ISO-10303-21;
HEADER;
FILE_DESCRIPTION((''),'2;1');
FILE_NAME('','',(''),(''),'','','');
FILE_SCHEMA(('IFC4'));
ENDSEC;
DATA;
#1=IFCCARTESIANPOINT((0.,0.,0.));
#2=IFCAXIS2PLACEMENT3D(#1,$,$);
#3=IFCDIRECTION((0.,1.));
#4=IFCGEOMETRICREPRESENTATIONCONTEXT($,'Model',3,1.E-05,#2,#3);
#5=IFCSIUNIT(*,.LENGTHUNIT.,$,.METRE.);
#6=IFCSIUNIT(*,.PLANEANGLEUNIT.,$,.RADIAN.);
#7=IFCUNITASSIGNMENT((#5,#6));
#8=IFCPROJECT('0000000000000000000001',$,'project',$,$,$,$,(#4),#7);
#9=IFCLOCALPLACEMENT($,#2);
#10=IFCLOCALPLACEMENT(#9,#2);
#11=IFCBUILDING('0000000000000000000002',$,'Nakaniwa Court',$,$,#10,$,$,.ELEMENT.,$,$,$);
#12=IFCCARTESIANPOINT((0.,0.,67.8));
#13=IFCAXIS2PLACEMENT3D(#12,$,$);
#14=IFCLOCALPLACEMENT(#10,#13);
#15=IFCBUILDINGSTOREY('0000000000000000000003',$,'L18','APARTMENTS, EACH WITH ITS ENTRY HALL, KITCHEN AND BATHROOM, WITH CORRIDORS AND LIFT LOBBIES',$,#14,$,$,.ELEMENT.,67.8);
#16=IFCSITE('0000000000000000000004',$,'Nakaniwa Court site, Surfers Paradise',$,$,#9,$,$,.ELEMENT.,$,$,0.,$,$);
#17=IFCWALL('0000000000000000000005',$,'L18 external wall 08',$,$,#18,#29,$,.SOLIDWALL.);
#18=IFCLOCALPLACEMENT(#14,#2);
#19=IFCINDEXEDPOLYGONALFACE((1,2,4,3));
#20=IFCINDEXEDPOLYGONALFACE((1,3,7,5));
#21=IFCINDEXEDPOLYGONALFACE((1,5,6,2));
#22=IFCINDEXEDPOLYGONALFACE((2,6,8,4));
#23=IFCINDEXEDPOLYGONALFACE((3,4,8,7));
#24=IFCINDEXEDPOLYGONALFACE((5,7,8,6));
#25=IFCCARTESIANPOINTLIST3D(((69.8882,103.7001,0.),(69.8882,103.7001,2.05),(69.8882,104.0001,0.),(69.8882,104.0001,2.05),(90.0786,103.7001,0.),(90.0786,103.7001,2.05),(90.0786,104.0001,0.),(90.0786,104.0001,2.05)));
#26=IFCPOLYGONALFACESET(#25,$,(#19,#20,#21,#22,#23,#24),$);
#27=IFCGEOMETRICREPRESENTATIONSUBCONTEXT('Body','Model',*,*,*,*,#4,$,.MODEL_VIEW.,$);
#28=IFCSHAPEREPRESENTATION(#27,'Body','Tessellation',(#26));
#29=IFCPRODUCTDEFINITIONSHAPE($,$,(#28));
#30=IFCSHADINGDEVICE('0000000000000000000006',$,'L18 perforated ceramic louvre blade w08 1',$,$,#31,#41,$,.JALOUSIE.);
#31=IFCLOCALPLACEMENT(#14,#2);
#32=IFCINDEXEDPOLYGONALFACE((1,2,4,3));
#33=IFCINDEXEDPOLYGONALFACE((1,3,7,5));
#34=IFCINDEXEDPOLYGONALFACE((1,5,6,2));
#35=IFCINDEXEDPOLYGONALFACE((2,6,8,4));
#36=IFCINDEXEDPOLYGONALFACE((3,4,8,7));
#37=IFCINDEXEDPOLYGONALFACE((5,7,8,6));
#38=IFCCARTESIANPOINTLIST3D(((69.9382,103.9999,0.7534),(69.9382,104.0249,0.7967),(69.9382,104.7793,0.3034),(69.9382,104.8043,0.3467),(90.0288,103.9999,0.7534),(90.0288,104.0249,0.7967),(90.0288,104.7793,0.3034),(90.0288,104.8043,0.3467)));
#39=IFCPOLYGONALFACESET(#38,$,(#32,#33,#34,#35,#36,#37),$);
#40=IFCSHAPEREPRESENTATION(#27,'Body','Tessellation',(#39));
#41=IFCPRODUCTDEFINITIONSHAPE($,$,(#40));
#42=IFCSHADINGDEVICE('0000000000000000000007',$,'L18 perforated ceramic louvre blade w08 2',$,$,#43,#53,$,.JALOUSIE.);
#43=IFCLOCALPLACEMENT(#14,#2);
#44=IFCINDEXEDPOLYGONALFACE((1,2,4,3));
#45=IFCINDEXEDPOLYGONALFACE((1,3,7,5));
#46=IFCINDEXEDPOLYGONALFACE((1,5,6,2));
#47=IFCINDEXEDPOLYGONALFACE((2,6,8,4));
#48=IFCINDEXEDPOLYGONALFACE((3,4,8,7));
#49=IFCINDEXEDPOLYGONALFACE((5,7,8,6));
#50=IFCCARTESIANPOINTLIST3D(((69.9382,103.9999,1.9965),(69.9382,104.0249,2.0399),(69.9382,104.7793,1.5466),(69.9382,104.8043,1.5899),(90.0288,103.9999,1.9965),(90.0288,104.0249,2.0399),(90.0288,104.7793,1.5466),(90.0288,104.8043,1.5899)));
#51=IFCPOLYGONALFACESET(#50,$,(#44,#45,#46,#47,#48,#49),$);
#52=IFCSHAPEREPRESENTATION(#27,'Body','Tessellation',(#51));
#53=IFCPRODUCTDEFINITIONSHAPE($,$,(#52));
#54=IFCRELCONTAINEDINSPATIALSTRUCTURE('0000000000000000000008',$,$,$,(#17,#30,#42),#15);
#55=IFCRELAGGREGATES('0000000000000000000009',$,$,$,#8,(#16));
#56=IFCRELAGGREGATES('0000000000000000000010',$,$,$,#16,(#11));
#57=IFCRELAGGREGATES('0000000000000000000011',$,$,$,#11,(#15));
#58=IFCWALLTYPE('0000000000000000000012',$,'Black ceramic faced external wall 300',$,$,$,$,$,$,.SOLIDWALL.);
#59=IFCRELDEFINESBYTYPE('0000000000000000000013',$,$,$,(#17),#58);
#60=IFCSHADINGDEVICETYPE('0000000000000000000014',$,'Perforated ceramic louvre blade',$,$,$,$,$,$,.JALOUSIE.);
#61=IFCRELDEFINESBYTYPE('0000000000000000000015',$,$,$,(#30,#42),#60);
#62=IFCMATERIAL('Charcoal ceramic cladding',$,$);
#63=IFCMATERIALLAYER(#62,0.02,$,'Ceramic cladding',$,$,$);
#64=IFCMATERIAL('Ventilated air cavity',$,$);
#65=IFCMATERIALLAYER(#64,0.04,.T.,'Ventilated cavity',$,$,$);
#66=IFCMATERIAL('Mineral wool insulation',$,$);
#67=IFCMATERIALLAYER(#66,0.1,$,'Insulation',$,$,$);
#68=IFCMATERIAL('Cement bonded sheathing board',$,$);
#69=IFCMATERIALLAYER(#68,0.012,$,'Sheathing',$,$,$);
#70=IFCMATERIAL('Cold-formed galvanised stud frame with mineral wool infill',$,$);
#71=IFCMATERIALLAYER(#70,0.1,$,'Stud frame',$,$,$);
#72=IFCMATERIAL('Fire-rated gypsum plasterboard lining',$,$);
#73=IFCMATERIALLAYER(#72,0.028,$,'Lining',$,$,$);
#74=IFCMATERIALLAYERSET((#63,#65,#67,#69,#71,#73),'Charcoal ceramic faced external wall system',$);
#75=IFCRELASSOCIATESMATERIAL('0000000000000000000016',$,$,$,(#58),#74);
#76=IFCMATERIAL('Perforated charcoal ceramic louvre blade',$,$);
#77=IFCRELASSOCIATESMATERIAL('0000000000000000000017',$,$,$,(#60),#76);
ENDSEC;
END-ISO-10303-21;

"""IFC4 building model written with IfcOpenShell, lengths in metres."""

from ifc_helpers import new_model, si_unit, direction, frame, frame_2d, origin, origin_2d, place, context, subcontext, project, spatial, rectangle, extrude, material, layer, layer_set, material_profile, profile_set, type_object, element, save


model = new_model("IFC4")

# Units and contexts
model_context = context("Model", 3, precision=1e-05, world=origin(), true_north=direction((0.0, 1.0)))
body_context = subcontext(model_context, "Body", "Model", "MODEL_VIEW")
ifc_project = project(units=[si_unit("LENGTHUNIT", "METRE"), si_unit("PLANEANGLEUNIT", "RADIAN")], contexts=[model_context])

# Site, building, storey
site_placement = place(None, origin())
site = spatial("IfcSite", under=ifc_project, at=site_placement, Name="Nakaniwa Court site, Surfers Paradise", CompositionType="ELEMENT", RefElevation=0.0)
building_placement = place(site_placement, origin())
building = spatial("IfcBuilding", under=site, at=building_placement, Name="Nakaniwa Court", CompositionType="ELEMENT")
storey_placement = place(building_placement, frame((0.0, 0.0, 67.8)))
storey = spatial("IfcBuildingStorey", under=building, at=storey_placement, Name="L18", Description="APARTMENTS, EACH WITH ITS ENTRY HALL, KITCHEN AND BATHROOM, WITH CORRIDORS AND LIFT LOBBIES", CompositionType="ELEMENT", Elevation=67.8)

# Shared definitions
ifc_material_1 = material(Name="Charcoal ceramic cladding")
ifc_layer_1 = layer(ifc_material_1, 0.02, Name="Ceramic cladding")
ifc_material_2 = material(Name="Ventilated air cavity")
ifc_layer_2 = layer(ifc_material_2, 0.04, ventilated=True, Name="Ventilated cavity")
ifc_material_3 = material(Name="Mineral wool insulation")
ifc_layer_3 = layer(ifc_material_3, 0.1, Name="Insulation")
ifc_material_4 = material(Name="Cement bonded sheathing board")
ifc_layer_4 = layer(ifc_material_4, 0.012, Name="Sheathing")
ifc_material_5 = material(Name="Cold-formed galvanised stud frame with mineral wool infill")
ifc_layer_5 = layer(ifc_material_5, 0.1, Name="Stud frame")
ifc_material_6 = material(Name="Fire-rated gypsum plasterboard lining")
ifc_layer_6 = layer(ifc_material_6, 0.028, Name="Lining")
ifc_layer_set = layer_set([ifc_layer_1, ifc_layer_2, ifc_layer_3, ifc_layer_4, ifc_layer_5, ifc_layer_6], Name="Charcoal ceramic faced external wall system")
wall_type = type_object("IfcWallType", Name="Black ceramic faced external wall 300", PredefinedType="SOLIDWALL", material=ifc_layer_set)

# Wall
wall_1_placement = place(storey_placement, frame((90.0786, 103.8501, 0.0), z_axis=(0.0, 0.0, 1.0), x_axis=(-1.0, 0.0, 0.0)))
element("IfcWall", 1, at=wall_1_placement, inside=storey, type_object=wall_type, Name="L18 external wall 08", PredefinedType="SOLIDWALL", context=body_context, shape_type="SweptSolid", body=[
    extrude(rectangle(XDim=20.1904, YDim=0.3, at=frame_2d((10.0952, 0.0))), origin(), (0.0, 0.0, 1.0), 2.05),
])

# Shading devices
ifc_material_7 = material(Name="Perforated charcoal ceramic louvre blade")
ifc_material_profile_1 = material_profile(ifc_material_7, rectangle(XDim=0.8999, YDim=0.05, at=origin_2d()), Name="Perforated ceramic louvre blade")
ifc_profile_set_1 = profile_set([ifc_material_profile_1], Name="Perforated charcoal ceramic louvre blade")
shading_device_type = type_object("IfcShadingDeviceType", Name="Perforated ceramic louvre blade", PredefinedType="JALOUSIE", material=ifc_profile_set_1)
for number, where, z_axis, x_axis, name in (
    (2, (90.0288, 104.4021, 0.55), (-1.0, 0.0, 0.0), (0.0, -0.866025, 0.5), "L18 perforated ceramic louvre blade w08 1"),
    (3, (90.0288, 104.4021, 1.7932), (-1.0, 0.0, 0.0), (0.0, -0.866025, 0.5), "L18 perforated ceramic louvre blade w08 2"),
):
    element("IfcShadingDevice", number, at=place(storey_placement, frame(where, z_axis=z_axis, x_axis=x_axis)), inside=storey, type_object=shading_device_type, Name=name, PredefinedType="JALOUSIE", context=body_context, shape_type="SweptSolid", body=[
        extrude(rectangle(XDim=0.8999, YDim=0.05, at=origin_2d()), origin(), (0.0, 0.0, 1.0), 20.0906),
    ])

save(model, "model.ifc")
